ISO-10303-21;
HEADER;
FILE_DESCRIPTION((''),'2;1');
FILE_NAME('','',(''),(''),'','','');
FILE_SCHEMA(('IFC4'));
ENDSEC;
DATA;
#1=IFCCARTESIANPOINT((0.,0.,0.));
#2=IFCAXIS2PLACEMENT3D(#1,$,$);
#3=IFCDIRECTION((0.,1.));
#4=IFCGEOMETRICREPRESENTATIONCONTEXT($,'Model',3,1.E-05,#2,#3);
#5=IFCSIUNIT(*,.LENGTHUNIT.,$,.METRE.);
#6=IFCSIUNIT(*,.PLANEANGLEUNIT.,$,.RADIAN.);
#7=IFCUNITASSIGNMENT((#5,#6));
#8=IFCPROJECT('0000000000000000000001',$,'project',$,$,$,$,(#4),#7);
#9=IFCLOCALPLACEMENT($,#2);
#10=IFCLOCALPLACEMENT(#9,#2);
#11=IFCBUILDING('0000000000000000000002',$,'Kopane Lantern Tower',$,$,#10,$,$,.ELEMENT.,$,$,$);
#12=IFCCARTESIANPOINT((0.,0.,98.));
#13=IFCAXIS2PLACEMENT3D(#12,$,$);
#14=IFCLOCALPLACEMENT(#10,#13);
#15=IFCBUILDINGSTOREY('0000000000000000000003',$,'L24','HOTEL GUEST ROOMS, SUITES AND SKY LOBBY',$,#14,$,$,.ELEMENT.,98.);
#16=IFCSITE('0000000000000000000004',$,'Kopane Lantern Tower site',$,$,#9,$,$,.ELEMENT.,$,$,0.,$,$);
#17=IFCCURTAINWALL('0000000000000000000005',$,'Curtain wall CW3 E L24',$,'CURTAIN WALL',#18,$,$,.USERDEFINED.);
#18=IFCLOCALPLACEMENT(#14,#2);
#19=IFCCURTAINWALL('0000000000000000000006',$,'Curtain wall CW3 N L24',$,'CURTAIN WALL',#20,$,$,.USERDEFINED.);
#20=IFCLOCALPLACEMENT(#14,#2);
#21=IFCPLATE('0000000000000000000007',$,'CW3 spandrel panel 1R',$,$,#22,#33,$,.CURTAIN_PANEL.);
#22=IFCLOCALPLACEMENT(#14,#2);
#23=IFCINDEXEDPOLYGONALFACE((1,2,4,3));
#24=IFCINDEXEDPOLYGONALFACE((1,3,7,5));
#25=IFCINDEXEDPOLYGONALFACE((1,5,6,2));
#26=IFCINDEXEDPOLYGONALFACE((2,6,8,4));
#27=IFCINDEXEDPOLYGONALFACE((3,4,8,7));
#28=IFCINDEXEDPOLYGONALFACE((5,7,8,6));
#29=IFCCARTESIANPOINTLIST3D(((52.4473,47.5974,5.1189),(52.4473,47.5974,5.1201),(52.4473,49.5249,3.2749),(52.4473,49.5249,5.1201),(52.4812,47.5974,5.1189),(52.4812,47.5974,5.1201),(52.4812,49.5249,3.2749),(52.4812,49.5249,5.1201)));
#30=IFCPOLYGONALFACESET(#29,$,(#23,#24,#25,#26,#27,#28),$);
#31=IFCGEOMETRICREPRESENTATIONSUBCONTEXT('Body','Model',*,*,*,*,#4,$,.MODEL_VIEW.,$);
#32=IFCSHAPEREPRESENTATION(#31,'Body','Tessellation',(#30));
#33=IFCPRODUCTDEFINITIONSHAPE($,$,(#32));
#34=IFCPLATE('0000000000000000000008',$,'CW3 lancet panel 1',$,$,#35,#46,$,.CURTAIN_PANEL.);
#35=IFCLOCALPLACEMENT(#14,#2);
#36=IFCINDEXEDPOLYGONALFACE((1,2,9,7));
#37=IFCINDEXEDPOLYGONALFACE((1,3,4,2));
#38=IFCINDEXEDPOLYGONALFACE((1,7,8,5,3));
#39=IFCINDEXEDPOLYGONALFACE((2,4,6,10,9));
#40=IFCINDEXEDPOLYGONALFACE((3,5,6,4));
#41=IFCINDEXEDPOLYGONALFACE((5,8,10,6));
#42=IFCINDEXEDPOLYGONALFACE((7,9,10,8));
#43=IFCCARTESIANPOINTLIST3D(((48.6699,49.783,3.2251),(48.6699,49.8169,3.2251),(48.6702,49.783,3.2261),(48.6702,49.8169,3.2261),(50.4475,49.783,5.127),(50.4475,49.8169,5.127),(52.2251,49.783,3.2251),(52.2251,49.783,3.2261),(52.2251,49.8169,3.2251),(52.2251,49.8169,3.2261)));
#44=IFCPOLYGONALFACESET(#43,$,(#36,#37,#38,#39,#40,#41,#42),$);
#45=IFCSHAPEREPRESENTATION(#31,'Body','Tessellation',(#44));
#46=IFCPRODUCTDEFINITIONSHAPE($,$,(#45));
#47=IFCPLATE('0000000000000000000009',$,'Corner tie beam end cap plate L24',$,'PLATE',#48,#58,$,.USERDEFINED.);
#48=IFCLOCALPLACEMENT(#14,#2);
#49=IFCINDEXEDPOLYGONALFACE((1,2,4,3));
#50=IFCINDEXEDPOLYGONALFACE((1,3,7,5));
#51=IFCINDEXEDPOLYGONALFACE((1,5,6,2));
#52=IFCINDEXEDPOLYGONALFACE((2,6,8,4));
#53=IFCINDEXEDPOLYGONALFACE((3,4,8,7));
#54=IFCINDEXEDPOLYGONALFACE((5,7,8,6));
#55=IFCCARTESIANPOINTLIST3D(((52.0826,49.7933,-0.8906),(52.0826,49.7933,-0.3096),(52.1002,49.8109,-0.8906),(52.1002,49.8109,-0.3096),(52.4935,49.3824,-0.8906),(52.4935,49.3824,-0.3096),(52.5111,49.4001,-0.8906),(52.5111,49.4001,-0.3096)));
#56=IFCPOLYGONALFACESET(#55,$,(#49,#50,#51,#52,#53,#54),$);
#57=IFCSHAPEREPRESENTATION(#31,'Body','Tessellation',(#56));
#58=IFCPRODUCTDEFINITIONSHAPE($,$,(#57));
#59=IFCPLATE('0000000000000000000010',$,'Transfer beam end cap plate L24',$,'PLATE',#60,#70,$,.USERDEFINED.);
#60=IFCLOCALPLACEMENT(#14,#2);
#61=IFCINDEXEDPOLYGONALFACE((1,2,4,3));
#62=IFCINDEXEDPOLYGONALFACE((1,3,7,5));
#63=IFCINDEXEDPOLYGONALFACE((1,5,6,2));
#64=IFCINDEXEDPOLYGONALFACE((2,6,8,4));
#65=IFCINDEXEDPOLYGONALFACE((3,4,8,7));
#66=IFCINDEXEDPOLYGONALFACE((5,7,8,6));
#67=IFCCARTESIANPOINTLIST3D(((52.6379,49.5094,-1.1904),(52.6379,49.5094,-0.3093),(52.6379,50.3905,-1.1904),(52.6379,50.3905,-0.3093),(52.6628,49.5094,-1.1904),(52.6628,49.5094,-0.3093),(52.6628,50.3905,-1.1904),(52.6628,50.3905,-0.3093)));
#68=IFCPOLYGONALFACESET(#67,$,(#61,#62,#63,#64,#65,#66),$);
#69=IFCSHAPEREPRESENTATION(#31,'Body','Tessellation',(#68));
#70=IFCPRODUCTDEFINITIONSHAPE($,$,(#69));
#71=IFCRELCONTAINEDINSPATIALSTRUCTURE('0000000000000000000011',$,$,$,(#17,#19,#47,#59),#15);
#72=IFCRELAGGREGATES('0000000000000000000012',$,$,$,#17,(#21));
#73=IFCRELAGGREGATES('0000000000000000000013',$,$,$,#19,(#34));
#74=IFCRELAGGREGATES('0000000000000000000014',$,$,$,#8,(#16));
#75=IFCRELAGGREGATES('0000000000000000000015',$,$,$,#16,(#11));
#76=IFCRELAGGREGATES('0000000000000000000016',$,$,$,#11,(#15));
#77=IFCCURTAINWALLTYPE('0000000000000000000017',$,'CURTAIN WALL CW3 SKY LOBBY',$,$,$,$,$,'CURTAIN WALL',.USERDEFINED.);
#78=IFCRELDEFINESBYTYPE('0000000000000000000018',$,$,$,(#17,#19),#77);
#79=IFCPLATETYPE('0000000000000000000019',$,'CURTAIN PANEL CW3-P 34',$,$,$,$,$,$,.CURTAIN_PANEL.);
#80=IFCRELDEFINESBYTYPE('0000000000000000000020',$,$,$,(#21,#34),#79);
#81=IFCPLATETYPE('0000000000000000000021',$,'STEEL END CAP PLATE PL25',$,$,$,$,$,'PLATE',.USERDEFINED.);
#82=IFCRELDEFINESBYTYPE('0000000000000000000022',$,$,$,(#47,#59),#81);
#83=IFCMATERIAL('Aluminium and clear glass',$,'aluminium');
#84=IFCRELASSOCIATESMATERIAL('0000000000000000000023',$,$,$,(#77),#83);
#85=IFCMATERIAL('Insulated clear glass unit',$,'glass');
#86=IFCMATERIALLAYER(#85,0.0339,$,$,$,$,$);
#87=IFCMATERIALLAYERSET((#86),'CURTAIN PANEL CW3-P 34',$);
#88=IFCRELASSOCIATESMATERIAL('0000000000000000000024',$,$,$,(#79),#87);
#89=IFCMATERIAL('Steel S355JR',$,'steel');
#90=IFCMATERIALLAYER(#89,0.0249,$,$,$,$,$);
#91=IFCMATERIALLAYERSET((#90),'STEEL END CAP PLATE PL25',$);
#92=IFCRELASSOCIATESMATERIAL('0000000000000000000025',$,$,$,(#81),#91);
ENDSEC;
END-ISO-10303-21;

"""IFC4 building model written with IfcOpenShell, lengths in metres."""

from ifc_helpers import new_model, si_unit, direction, frame, origin, origin_2d, place, context, subcontext, project, spatial, polyline, rectangle, outline, extrude, material, layer, layer_set, type_object, element, aggregate, save


model = new_model("IFC4")

# Units and contexts
model_context = context("Model", 3, precision=1e-05, world=origin(), true_north=direction((0.0, 1.0)))
body_context = subcontext(model_context, "Body", "Model", "MODEL_VIEW")
ifc_project = project(units=[si_unit("LENGTHUNIT", "METRE"), si_unit("PLANEANGLEUNIT", "RADIAN")], contexts=[model_context])

# Site, building, storey
site_placement = place(None, origin())
site = spatial("IfcSite", under=ifc_project, at=site_placement, Name="Kopane Lantern Tower site", CompositionType="ELEMENT", RefElevation=0.0)
building_placement = place(site_placement, origin())
building = spatial("IfcBuilding", under=site, at=building_placement, Name="Kopane Lantern Tower", CompositionType="ELEMENT")
storey_placement = place(building_placement, frame((0.0, 0.0, 98.0)))
storey = spatial("IfcBuildingStorey", under=building, at=storey_placement, Name="L24", Description="HOTEL GUEST ROOMS, SUITES AND SKY LOBBY", CompositionType="ELEMENT", Elevation=98.0)

# Curtain wall
ifc_material_1 = material(Name="Aluminium and clear glass", Category="aluminium")
curtain_wall_type = type_object("IfcCurtainWallType", Name="CURTAIN WALL CW3 SKY LOBBY", ElementType="CURTAIN WALL", PredefinedType="USERDEFINED", material=ifc_material_1)
curtain_wall_1_placement = place(storey_placement, origin())
curtain_wall_1 = element("IfcCurtainWall", 1, at=curtain_wall_1_placement, inside=storey, type_object=curtain_wall_type, Name="Curtain wall CW3 E L24", ObjectType="CURTAIN WALL", PredefinedType="USERDEFINED")

# Curtain wall
curtain_wall_2_placement = place(storey_placement, origin())
curtain_wall_2 = element("IfcCurtainWall", 2, at=curtain_wall_2_placement, inside=storey, type_object=curtain_wall_type, Name="Curtain wall CW3 N L24", ObjectType="CURTAIN WALL", PredefinedType="USERDEFINED")

# Plates
ifc_material_2 = material(Name="Insulated clear glass unit", Category="glass")
ifc_layer_1 = layer(ifc_material_2, 0.0339)
ifc_layer_set_1 = layer_set([ifc_layer_1], Name="CURTAIN PANEL CW3-P 34")
plate_type_1 = type_object("IfcPlateType", Name="CURTAIN PANEL CW3-P 34", PredefinedType="CURTAIN_PANEL", material=ifc_layer_set_1)
plate_1_placement = place(storey_placement, frame((52.4641, 49.5249, 5.1201), z_axis=(0.0, 0.0, 1.0), x_axis=(0.0, -1.0, 0.0)))
plate_1 = element("IfcPlate", 3, at=plate_1_placement, type_object=plate_type_1, Name="CW3 spandrel panel 1R", PredefinedType="CURTAIN_PANEL", context=body_context, shape_type="SweptSolid", body=[
    extrude(outline(polyline([(0.0, 0.0), (1.9275, 0.0), (1.9275, -0.0012), (0.0, -1.8452), (0.0, 0.0)])), frame((0.0, 0.0171, 0.0), z_axis=(0.0, -1.0, 0.0), x_axis=(1.0, 0.0, 0.0)), (0.0, 0.0, 1.0), 0.0339),
])
aggregate(curtain_wall_1, [plate_1])
plate_2_placement = place(storey_placement, frame((52.2251, 49.8, 3.2251), z_axis=(0.0, 0.0, 1.0), x_axis=(-1.0, 0.0, 0.0)))
plate_2 = element("IfcPlate", 4, at=plate_2_placement, type_object=plate_type_1, Name="CW3 lancet panel 1", PredefinedType="CURTAIN_PANEL", context=body_context, shape_type="SweptSolid", body=[
    extrude(outline(polyline([(0.0, 0.0), (3.5552, 0.0), (3.5549, 0.001), (1.7776, 1.9019), (0.0, 0.001), (0.0, 0.0)])), frame((0.0, 0.0171, 0.0), z_axis=(0.0, -1.0, 0.0), x_axis=(1.0, 0.0, 0.0)), (0.0, 0.0, 1.0), 0.0339),
])
aggregate(curtain_wall_2, [plate_2])

# Plates
ifc_material_3 = material(Name="Steel S355JR", Category="steel")
ifc_layer_2 = layer(ifc_material_3, 0.0249)
ifc_layer_set_2 = layer_set([ifc_layer_2], Name="STEEL END CAP PLATE PL25")
plate_type_2 = type_object("IfcPlateType", Name="STEEL END CAP PLATE PL25", ElementType="PLATE", PredefinedType="USERDEFINED", material=ifc_layer_set_2)
plate_3_placement = place(storey_placement, frame((52.2969, 49.5967, -0.8906), z_axis=(0.0, 0.0, 1.0), x_axis=(0.707107, 0.707107, 0.0)))
element("IfcPlate", 5, at=plate_3_placement, inside=storey, type_object=plate_type_2, Name="Corner tie beam end cap plate L24", ObjectType="PLATE", PredefinedType="USERDEFINED", context=body_context, shape_type="SweptSolid", body=[
    extrude(rectangle(XDim=0.0249, YDim=0.5811, at=origin_2d()), origin(), (0.0, 0.0, 1.0), 0.5811),
])
plate_4_placement = place(storey_placement, frame((52.6504, 49.95, -1.1904), z_axis=(0.0, 0.0, 1.0), x_axis=(1.0, 0.0, 0.0)))
element("IfcPlate", 6, at=plate_4_placement, inside=storey, type_object=plate_type_2, Name="Transfer beam end cap plate L24", ObjectType="PLATE", PredefinedType="USERDEFINED", context=body_context, shape_type="SweptSolid", body=[
    extrude(rectangle(XDim=0.0249, YDim=0.8811, at=origin_2d()), origin(), (0.0, 0.0, 1.0), 0.8811),
])

save(model, "model.ifc")
